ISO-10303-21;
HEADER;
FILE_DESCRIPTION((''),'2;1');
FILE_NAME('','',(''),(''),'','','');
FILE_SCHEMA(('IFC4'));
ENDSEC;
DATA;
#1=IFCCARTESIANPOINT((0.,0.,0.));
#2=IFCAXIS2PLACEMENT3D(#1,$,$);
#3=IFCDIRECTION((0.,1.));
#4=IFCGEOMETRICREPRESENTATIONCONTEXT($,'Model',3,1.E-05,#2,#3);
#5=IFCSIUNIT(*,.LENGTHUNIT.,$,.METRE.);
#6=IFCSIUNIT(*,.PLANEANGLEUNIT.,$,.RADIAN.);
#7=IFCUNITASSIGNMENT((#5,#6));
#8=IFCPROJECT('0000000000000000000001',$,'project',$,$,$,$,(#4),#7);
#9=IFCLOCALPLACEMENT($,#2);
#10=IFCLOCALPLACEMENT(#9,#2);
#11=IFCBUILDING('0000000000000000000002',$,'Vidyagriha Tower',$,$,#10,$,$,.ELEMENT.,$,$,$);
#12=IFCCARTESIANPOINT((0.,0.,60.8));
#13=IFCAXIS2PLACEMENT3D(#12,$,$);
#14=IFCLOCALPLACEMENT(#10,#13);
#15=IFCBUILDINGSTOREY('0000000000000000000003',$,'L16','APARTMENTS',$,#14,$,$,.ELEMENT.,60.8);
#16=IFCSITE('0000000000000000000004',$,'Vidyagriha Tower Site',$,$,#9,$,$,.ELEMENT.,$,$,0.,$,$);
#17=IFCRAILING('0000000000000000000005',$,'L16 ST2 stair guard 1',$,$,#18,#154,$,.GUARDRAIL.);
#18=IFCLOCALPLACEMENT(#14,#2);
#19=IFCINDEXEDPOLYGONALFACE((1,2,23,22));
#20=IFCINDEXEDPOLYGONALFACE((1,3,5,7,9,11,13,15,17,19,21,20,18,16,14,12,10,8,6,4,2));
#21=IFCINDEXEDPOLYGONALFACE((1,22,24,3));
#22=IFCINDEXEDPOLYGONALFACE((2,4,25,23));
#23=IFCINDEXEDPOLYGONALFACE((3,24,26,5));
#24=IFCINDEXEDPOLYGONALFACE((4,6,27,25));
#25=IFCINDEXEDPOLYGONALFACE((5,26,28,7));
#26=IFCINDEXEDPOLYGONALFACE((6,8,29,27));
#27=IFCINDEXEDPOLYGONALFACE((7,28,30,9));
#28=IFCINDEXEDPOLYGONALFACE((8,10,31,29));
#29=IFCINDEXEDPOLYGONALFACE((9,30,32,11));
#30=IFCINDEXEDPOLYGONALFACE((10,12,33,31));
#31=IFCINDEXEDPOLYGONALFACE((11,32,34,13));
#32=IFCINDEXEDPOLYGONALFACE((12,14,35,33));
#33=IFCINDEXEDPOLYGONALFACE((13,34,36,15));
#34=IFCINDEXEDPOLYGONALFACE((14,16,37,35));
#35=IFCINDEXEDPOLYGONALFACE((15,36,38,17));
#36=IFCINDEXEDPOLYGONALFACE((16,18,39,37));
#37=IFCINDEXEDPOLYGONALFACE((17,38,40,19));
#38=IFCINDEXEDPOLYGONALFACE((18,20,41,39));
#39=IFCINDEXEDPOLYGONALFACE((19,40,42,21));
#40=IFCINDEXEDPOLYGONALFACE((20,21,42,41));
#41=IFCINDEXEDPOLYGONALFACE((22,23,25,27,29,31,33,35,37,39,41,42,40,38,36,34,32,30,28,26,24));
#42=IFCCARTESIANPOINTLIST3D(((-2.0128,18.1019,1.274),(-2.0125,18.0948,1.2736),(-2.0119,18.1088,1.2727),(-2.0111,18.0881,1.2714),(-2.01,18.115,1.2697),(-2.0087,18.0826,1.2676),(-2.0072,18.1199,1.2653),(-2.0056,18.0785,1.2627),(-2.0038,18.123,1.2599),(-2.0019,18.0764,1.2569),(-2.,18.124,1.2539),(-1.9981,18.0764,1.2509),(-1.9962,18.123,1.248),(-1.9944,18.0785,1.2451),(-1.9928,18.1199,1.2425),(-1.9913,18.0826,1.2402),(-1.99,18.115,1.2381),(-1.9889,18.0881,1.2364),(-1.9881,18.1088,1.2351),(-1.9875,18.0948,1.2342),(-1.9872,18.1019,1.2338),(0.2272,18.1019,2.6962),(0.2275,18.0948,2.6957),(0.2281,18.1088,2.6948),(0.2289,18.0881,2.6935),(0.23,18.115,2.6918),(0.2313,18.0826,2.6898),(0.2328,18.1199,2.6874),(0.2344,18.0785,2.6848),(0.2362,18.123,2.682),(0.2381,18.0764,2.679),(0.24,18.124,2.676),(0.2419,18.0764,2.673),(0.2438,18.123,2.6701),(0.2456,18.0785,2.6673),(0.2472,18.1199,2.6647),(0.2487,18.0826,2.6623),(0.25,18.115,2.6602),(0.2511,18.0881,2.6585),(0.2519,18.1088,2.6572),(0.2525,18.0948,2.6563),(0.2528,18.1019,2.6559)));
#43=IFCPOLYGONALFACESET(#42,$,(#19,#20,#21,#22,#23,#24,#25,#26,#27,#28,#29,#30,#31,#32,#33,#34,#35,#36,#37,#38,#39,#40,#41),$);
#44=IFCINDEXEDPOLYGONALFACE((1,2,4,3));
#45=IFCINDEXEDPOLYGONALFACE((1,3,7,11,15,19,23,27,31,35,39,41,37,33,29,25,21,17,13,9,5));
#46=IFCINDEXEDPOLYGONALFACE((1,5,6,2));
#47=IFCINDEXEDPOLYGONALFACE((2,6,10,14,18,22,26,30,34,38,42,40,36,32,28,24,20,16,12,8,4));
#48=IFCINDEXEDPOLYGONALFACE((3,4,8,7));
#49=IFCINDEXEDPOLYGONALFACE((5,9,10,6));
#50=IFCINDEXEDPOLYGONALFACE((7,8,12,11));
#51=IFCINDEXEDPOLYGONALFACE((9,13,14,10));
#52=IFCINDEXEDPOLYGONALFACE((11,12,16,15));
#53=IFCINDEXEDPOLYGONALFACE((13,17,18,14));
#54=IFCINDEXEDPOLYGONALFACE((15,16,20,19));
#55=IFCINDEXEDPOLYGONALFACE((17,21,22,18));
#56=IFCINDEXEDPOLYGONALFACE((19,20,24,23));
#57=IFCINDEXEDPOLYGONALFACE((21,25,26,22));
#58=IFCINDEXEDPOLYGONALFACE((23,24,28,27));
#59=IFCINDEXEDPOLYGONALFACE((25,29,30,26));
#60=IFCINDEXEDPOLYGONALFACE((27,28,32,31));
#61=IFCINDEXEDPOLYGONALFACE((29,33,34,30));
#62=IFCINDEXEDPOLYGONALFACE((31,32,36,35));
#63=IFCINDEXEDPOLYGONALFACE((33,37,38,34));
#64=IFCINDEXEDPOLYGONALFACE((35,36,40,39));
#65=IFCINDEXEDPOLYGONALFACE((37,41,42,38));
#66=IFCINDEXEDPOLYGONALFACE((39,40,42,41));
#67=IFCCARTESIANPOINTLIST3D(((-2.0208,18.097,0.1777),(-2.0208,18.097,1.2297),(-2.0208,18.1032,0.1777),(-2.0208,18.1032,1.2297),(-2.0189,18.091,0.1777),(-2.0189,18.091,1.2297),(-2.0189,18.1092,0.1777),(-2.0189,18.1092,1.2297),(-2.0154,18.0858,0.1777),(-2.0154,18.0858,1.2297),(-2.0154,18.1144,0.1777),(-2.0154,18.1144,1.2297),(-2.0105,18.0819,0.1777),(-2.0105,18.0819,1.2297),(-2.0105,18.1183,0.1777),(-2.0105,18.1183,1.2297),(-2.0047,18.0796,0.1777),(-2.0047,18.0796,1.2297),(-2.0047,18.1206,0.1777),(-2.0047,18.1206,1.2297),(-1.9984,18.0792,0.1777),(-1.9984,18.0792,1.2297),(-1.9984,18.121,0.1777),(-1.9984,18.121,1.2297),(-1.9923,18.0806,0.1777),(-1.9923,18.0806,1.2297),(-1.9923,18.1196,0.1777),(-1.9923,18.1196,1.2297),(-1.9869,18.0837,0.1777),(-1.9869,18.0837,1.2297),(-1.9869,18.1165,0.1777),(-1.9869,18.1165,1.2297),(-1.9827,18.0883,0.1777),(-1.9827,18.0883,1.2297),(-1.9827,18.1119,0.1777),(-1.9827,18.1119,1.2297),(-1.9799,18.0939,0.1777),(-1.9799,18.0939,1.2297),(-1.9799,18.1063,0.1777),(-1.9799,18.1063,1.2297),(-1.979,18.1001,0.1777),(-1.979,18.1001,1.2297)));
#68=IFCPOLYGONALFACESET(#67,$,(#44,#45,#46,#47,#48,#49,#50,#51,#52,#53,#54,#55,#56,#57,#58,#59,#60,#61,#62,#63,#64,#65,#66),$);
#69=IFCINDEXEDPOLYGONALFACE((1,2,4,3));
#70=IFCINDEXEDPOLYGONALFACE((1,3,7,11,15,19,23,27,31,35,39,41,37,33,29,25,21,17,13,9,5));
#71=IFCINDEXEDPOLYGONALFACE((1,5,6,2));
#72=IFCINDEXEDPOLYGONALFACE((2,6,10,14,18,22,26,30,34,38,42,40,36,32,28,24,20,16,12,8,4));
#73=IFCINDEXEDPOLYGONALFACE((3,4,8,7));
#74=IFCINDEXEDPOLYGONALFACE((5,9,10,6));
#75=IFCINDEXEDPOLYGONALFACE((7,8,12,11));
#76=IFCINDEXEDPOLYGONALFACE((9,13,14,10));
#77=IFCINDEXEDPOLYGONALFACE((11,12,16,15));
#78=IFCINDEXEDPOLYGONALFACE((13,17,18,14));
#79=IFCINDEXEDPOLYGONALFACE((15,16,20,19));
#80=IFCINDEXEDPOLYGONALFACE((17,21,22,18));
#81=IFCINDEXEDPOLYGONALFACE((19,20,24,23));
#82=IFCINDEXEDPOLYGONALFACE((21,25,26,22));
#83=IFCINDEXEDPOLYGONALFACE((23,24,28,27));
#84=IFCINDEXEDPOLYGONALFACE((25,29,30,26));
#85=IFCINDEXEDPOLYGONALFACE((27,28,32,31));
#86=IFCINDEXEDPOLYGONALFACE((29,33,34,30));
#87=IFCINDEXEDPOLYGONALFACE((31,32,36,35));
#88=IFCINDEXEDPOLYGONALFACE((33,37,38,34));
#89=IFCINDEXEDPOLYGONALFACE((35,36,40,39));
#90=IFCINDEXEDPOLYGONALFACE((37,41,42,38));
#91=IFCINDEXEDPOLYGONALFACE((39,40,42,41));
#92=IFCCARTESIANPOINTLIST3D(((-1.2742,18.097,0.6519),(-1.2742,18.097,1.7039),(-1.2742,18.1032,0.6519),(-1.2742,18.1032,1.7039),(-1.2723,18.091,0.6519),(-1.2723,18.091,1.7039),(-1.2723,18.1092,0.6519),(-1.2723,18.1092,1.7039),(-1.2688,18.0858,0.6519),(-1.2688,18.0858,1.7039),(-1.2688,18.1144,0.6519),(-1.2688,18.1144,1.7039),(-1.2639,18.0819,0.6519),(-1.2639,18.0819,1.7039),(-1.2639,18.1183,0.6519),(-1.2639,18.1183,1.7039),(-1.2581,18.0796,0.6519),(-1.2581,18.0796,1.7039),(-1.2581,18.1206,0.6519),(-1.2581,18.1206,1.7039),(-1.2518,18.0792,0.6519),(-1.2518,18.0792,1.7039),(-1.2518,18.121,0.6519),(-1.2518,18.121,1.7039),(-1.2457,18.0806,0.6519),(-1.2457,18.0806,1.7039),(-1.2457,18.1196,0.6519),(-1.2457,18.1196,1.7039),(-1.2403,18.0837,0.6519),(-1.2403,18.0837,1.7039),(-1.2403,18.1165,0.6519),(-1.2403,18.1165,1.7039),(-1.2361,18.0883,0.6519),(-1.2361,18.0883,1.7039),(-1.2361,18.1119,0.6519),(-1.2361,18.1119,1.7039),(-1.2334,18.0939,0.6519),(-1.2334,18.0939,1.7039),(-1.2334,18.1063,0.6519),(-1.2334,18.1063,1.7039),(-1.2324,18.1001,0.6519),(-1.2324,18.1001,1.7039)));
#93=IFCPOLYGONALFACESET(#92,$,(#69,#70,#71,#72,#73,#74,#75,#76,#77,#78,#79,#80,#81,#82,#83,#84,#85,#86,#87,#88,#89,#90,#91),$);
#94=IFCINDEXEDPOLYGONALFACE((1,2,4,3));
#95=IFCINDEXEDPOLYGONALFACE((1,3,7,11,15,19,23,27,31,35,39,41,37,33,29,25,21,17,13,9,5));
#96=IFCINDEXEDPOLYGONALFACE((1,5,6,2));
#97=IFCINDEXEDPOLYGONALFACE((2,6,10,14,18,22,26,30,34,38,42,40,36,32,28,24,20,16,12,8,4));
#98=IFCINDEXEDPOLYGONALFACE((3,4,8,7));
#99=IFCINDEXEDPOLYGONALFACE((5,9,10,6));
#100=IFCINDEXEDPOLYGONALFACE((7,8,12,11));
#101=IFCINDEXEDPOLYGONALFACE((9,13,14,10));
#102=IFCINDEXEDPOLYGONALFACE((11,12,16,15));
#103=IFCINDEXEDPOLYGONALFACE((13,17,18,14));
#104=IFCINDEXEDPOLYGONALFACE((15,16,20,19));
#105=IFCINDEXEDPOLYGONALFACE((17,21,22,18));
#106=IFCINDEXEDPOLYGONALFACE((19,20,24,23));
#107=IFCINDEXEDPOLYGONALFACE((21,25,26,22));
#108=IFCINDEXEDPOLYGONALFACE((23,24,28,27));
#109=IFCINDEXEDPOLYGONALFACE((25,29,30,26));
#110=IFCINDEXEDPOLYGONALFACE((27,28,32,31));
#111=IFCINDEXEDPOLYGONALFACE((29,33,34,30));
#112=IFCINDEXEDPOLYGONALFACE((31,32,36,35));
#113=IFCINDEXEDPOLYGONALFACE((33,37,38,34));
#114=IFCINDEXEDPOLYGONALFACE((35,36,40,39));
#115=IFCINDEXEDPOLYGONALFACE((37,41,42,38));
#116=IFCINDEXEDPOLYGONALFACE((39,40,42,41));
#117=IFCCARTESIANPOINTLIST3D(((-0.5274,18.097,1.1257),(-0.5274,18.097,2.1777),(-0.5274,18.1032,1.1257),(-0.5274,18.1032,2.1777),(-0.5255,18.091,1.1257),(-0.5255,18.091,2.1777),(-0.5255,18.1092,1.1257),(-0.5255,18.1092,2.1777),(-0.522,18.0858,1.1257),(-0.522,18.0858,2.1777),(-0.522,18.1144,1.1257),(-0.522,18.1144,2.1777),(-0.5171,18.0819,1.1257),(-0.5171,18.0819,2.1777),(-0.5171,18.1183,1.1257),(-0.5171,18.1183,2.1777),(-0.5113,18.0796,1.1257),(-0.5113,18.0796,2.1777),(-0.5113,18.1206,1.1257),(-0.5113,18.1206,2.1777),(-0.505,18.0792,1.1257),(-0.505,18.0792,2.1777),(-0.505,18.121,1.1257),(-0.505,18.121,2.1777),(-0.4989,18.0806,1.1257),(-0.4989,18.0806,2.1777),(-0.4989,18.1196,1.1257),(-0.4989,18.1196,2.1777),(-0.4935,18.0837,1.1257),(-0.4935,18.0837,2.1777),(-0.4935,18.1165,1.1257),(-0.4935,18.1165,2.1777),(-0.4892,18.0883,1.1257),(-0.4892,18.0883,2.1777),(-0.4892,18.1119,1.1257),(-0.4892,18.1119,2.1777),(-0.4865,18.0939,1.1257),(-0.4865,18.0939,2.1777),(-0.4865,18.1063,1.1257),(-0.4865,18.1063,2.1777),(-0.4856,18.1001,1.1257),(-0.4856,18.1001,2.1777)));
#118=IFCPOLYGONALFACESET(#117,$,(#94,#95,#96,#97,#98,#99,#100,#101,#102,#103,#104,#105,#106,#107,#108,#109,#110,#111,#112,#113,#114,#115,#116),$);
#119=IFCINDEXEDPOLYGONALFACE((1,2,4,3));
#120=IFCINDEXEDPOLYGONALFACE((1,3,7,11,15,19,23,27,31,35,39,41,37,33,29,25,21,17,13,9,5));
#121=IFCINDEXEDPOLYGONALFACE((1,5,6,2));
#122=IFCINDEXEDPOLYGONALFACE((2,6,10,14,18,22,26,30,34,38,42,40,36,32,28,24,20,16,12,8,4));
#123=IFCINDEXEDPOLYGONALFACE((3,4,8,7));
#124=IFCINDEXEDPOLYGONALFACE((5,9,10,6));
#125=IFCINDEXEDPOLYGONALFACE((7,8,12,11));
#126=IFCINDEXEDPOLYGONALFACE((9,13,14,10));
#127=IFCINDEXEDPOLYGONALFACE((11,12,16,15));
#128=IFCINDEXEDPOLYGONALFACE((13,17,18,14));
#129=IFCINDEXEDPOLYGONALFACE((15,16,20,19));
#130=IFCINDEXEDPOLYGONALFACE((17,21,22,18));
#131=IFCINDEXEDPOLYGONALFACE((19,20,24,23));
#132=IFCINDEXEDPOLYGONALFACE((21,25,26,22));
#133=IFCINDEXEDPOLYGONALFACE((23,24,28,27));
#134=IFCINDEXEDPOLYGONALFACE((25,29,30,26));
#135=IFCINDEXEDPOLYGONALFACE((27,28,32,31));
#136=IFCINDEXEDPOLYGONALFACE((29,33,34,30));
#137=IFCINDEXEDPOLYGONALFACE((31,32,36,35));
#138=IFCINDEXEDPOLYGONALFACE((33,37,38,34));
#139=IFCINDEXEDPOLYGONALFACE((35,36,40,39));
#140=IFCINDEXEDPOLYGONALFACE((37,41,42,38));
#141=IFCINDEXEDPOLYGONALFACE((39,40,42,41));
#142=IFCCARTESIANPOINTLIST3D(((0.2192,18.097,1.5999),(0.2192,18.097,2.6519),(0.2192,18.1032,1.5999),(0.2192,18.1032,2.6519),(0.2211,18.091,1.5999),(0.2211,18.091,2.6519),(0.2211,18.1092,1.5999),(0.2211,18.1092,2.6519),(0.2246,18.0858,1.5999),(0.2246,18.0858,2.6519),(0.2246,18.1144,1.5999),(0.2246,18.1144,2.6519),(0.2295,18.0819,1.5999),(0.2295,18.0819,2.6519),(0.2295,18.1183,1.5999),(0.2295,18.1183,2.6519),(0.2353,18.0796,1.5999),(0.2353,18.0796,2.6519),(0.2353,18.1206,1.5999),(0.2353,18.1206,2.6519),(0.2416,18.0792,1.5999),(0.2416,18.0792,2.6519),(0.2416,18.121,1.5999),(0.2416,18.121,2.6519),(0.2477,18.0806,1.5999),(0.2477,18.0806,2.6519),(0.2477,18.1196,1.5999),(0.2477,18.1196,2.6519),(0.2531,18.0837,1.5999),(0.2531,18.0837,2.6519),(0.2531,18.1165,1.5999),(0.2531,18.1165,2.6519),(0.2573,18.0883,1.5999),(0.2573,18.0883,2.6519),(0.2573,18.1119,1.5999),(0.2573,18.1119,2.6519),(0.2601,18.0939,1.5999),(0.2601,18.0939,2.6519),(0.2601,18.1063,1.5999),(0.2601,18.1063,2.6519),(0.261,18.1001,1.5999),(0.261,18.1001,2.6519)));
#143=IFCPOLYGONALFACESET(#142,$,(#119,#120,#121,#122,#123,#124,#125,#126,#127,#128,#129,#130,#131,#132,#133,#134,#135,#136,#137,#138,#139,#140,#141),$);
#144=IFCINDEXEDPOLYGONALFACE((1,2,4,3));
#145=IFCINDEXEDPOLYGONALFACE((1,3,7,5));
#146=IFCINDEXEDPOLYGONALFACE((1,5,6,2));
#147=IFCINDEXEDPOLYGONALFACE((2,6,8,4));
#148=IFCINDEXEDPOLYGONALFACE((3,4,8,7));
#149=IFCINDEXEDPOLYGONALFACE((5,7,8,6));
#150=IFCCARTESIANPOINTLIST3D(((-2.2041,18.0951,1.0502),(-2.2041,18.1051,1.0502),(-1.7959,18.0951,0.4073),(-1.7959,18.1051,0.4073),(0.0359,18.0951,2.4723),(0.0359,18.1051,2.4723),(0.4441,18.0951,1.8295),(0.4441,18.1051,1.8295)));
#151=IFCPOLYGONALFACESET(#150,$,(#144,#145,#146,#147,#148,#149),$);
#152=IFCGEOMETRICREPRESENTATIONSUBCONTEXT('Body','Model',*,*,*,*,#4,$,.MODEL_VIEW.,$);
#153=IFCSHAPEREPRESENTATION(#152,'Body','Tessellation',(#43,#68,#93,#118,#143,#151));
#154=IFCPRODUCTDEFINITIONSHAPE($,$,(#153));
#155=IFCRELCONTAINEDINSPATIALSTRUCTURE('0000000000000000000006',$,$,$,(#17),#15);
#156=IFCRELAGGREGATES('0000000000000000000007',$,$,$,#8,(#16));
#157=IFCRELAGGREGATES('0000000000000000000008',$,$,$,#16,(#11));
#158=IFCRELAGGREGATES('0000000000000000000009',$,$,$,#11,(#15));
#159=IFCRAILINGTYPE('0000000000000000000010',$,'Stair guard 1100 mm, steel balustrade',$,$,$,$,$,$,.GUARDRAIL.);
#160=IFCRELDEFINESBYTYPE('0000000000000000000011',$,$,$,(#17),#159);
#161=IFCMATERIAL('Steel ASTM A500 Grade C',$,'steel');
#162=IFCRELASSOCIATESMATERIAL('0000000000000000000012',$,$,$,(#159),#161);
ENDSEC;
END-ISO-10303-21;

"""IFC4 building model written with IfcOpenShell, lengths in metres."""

from ifc_helpers import new_model, si_unit, direction, frame, origin, origin_2d, place, context, subcontext, project, spatial, rectangle, circle, extrude, material, type_object, element, save


model = new_model("IFC4")

# Units and contexts
model_context = context("Model", 3, precision=1e-05, world=origin(), true_north=direction((0.0, 1.0)))
body_context = subcontext(model_context, "Body", "Model", "MODEL_VIEW")
ifc_project = project(units=[si_unit("LENGTHUNIT", "METRE"), si_unit("PLANEANGLEUNIT", "RADIAN")], contexts=[model_context])

# Site, building, storey
site_placement = place(None, origin())
site = spatial("IfcSite", under=ifc_project, at=site_placement, Name="Vidyagriha Tower Site", CompositionType="ELEMENT", RefElevation=0.0)
building_placement = place(site_placement, origin())
building = spatial("IfcBuilding", under=site, at=building_placement, Name="Vidyagriha Tower", CompositionType="ELEMENT")
storey_placement = place(building_placement, frame((0.0, 0.0, 60.8)))
storey = spatial("IfcBuildingStorey", under=building, at=storey_placement, Name="L16", Description="APARTMENTS", CompositionType="ELEMENT", Elevation=60.8)

# Railing
ifc_material_1 = material(Name="Steel ASTM A500 Grade C", Category="steel")
railing_type_1 = type_object("IfcRailingType", Name="Stair guard 1100 mm, steel balustrade", PredefinedType="GUARDRAIL", material=ifc_material_1)
railing_1_placement = place(storey_placement, frame((-2.0, 18.1001, 0.1777)))
element("IfcRailing", 1, at=railing_1_placement, inside=storey, type_object=railing_type_1, Name="L16 ST2 stair guard 1", PredefinedType="GUARDRAIL", context=body_context, shape_type="SweptSolid", body=[
    extrude(circle(Radius=0.0239, at=origin_2d()), frame((0.0, 0.0, 1.0762), z_axis=(0.844229, 0.0, 0.535982), x_axis=(0.0, 1.0, 0.0)), (0.0, 0.0, 1.0), 2.6533),
    extrude(circle(Radius=0.021, at=origin_2d()), origin(), (0.0, 0.0, 1.0), 1.052),
    extrude(circle(Radius=0.021, at=origin_2d()), frame((0.7466, 0.0, 0.4741)), (0.0, 0.0, 1.0), 1.052),
    extrude(circle(Radius=0.021, at=origin_2d()), frame((1.4934, 0.0, 0.948)), (0.0, 0.0, 1.0), 1.052),
    extrude(circle(Radius=0.021, at=origin_2d()), frame((2.24, 0.0, 1.4221)), (0.0, 0.0, 1.0), 1.052),
    extrude(rectangle(XDim=0.01, YDim=0.7615, at=origin_2d()), frame((0.0, 0.0, 0.551), z_axis=(0.844229, 0.0, 0.535982), x_axis=(0.0, 1.0, 0.0)), (0.0, 0.0, 1.0), 2.6533),
])

save(model, "model.ifc")
